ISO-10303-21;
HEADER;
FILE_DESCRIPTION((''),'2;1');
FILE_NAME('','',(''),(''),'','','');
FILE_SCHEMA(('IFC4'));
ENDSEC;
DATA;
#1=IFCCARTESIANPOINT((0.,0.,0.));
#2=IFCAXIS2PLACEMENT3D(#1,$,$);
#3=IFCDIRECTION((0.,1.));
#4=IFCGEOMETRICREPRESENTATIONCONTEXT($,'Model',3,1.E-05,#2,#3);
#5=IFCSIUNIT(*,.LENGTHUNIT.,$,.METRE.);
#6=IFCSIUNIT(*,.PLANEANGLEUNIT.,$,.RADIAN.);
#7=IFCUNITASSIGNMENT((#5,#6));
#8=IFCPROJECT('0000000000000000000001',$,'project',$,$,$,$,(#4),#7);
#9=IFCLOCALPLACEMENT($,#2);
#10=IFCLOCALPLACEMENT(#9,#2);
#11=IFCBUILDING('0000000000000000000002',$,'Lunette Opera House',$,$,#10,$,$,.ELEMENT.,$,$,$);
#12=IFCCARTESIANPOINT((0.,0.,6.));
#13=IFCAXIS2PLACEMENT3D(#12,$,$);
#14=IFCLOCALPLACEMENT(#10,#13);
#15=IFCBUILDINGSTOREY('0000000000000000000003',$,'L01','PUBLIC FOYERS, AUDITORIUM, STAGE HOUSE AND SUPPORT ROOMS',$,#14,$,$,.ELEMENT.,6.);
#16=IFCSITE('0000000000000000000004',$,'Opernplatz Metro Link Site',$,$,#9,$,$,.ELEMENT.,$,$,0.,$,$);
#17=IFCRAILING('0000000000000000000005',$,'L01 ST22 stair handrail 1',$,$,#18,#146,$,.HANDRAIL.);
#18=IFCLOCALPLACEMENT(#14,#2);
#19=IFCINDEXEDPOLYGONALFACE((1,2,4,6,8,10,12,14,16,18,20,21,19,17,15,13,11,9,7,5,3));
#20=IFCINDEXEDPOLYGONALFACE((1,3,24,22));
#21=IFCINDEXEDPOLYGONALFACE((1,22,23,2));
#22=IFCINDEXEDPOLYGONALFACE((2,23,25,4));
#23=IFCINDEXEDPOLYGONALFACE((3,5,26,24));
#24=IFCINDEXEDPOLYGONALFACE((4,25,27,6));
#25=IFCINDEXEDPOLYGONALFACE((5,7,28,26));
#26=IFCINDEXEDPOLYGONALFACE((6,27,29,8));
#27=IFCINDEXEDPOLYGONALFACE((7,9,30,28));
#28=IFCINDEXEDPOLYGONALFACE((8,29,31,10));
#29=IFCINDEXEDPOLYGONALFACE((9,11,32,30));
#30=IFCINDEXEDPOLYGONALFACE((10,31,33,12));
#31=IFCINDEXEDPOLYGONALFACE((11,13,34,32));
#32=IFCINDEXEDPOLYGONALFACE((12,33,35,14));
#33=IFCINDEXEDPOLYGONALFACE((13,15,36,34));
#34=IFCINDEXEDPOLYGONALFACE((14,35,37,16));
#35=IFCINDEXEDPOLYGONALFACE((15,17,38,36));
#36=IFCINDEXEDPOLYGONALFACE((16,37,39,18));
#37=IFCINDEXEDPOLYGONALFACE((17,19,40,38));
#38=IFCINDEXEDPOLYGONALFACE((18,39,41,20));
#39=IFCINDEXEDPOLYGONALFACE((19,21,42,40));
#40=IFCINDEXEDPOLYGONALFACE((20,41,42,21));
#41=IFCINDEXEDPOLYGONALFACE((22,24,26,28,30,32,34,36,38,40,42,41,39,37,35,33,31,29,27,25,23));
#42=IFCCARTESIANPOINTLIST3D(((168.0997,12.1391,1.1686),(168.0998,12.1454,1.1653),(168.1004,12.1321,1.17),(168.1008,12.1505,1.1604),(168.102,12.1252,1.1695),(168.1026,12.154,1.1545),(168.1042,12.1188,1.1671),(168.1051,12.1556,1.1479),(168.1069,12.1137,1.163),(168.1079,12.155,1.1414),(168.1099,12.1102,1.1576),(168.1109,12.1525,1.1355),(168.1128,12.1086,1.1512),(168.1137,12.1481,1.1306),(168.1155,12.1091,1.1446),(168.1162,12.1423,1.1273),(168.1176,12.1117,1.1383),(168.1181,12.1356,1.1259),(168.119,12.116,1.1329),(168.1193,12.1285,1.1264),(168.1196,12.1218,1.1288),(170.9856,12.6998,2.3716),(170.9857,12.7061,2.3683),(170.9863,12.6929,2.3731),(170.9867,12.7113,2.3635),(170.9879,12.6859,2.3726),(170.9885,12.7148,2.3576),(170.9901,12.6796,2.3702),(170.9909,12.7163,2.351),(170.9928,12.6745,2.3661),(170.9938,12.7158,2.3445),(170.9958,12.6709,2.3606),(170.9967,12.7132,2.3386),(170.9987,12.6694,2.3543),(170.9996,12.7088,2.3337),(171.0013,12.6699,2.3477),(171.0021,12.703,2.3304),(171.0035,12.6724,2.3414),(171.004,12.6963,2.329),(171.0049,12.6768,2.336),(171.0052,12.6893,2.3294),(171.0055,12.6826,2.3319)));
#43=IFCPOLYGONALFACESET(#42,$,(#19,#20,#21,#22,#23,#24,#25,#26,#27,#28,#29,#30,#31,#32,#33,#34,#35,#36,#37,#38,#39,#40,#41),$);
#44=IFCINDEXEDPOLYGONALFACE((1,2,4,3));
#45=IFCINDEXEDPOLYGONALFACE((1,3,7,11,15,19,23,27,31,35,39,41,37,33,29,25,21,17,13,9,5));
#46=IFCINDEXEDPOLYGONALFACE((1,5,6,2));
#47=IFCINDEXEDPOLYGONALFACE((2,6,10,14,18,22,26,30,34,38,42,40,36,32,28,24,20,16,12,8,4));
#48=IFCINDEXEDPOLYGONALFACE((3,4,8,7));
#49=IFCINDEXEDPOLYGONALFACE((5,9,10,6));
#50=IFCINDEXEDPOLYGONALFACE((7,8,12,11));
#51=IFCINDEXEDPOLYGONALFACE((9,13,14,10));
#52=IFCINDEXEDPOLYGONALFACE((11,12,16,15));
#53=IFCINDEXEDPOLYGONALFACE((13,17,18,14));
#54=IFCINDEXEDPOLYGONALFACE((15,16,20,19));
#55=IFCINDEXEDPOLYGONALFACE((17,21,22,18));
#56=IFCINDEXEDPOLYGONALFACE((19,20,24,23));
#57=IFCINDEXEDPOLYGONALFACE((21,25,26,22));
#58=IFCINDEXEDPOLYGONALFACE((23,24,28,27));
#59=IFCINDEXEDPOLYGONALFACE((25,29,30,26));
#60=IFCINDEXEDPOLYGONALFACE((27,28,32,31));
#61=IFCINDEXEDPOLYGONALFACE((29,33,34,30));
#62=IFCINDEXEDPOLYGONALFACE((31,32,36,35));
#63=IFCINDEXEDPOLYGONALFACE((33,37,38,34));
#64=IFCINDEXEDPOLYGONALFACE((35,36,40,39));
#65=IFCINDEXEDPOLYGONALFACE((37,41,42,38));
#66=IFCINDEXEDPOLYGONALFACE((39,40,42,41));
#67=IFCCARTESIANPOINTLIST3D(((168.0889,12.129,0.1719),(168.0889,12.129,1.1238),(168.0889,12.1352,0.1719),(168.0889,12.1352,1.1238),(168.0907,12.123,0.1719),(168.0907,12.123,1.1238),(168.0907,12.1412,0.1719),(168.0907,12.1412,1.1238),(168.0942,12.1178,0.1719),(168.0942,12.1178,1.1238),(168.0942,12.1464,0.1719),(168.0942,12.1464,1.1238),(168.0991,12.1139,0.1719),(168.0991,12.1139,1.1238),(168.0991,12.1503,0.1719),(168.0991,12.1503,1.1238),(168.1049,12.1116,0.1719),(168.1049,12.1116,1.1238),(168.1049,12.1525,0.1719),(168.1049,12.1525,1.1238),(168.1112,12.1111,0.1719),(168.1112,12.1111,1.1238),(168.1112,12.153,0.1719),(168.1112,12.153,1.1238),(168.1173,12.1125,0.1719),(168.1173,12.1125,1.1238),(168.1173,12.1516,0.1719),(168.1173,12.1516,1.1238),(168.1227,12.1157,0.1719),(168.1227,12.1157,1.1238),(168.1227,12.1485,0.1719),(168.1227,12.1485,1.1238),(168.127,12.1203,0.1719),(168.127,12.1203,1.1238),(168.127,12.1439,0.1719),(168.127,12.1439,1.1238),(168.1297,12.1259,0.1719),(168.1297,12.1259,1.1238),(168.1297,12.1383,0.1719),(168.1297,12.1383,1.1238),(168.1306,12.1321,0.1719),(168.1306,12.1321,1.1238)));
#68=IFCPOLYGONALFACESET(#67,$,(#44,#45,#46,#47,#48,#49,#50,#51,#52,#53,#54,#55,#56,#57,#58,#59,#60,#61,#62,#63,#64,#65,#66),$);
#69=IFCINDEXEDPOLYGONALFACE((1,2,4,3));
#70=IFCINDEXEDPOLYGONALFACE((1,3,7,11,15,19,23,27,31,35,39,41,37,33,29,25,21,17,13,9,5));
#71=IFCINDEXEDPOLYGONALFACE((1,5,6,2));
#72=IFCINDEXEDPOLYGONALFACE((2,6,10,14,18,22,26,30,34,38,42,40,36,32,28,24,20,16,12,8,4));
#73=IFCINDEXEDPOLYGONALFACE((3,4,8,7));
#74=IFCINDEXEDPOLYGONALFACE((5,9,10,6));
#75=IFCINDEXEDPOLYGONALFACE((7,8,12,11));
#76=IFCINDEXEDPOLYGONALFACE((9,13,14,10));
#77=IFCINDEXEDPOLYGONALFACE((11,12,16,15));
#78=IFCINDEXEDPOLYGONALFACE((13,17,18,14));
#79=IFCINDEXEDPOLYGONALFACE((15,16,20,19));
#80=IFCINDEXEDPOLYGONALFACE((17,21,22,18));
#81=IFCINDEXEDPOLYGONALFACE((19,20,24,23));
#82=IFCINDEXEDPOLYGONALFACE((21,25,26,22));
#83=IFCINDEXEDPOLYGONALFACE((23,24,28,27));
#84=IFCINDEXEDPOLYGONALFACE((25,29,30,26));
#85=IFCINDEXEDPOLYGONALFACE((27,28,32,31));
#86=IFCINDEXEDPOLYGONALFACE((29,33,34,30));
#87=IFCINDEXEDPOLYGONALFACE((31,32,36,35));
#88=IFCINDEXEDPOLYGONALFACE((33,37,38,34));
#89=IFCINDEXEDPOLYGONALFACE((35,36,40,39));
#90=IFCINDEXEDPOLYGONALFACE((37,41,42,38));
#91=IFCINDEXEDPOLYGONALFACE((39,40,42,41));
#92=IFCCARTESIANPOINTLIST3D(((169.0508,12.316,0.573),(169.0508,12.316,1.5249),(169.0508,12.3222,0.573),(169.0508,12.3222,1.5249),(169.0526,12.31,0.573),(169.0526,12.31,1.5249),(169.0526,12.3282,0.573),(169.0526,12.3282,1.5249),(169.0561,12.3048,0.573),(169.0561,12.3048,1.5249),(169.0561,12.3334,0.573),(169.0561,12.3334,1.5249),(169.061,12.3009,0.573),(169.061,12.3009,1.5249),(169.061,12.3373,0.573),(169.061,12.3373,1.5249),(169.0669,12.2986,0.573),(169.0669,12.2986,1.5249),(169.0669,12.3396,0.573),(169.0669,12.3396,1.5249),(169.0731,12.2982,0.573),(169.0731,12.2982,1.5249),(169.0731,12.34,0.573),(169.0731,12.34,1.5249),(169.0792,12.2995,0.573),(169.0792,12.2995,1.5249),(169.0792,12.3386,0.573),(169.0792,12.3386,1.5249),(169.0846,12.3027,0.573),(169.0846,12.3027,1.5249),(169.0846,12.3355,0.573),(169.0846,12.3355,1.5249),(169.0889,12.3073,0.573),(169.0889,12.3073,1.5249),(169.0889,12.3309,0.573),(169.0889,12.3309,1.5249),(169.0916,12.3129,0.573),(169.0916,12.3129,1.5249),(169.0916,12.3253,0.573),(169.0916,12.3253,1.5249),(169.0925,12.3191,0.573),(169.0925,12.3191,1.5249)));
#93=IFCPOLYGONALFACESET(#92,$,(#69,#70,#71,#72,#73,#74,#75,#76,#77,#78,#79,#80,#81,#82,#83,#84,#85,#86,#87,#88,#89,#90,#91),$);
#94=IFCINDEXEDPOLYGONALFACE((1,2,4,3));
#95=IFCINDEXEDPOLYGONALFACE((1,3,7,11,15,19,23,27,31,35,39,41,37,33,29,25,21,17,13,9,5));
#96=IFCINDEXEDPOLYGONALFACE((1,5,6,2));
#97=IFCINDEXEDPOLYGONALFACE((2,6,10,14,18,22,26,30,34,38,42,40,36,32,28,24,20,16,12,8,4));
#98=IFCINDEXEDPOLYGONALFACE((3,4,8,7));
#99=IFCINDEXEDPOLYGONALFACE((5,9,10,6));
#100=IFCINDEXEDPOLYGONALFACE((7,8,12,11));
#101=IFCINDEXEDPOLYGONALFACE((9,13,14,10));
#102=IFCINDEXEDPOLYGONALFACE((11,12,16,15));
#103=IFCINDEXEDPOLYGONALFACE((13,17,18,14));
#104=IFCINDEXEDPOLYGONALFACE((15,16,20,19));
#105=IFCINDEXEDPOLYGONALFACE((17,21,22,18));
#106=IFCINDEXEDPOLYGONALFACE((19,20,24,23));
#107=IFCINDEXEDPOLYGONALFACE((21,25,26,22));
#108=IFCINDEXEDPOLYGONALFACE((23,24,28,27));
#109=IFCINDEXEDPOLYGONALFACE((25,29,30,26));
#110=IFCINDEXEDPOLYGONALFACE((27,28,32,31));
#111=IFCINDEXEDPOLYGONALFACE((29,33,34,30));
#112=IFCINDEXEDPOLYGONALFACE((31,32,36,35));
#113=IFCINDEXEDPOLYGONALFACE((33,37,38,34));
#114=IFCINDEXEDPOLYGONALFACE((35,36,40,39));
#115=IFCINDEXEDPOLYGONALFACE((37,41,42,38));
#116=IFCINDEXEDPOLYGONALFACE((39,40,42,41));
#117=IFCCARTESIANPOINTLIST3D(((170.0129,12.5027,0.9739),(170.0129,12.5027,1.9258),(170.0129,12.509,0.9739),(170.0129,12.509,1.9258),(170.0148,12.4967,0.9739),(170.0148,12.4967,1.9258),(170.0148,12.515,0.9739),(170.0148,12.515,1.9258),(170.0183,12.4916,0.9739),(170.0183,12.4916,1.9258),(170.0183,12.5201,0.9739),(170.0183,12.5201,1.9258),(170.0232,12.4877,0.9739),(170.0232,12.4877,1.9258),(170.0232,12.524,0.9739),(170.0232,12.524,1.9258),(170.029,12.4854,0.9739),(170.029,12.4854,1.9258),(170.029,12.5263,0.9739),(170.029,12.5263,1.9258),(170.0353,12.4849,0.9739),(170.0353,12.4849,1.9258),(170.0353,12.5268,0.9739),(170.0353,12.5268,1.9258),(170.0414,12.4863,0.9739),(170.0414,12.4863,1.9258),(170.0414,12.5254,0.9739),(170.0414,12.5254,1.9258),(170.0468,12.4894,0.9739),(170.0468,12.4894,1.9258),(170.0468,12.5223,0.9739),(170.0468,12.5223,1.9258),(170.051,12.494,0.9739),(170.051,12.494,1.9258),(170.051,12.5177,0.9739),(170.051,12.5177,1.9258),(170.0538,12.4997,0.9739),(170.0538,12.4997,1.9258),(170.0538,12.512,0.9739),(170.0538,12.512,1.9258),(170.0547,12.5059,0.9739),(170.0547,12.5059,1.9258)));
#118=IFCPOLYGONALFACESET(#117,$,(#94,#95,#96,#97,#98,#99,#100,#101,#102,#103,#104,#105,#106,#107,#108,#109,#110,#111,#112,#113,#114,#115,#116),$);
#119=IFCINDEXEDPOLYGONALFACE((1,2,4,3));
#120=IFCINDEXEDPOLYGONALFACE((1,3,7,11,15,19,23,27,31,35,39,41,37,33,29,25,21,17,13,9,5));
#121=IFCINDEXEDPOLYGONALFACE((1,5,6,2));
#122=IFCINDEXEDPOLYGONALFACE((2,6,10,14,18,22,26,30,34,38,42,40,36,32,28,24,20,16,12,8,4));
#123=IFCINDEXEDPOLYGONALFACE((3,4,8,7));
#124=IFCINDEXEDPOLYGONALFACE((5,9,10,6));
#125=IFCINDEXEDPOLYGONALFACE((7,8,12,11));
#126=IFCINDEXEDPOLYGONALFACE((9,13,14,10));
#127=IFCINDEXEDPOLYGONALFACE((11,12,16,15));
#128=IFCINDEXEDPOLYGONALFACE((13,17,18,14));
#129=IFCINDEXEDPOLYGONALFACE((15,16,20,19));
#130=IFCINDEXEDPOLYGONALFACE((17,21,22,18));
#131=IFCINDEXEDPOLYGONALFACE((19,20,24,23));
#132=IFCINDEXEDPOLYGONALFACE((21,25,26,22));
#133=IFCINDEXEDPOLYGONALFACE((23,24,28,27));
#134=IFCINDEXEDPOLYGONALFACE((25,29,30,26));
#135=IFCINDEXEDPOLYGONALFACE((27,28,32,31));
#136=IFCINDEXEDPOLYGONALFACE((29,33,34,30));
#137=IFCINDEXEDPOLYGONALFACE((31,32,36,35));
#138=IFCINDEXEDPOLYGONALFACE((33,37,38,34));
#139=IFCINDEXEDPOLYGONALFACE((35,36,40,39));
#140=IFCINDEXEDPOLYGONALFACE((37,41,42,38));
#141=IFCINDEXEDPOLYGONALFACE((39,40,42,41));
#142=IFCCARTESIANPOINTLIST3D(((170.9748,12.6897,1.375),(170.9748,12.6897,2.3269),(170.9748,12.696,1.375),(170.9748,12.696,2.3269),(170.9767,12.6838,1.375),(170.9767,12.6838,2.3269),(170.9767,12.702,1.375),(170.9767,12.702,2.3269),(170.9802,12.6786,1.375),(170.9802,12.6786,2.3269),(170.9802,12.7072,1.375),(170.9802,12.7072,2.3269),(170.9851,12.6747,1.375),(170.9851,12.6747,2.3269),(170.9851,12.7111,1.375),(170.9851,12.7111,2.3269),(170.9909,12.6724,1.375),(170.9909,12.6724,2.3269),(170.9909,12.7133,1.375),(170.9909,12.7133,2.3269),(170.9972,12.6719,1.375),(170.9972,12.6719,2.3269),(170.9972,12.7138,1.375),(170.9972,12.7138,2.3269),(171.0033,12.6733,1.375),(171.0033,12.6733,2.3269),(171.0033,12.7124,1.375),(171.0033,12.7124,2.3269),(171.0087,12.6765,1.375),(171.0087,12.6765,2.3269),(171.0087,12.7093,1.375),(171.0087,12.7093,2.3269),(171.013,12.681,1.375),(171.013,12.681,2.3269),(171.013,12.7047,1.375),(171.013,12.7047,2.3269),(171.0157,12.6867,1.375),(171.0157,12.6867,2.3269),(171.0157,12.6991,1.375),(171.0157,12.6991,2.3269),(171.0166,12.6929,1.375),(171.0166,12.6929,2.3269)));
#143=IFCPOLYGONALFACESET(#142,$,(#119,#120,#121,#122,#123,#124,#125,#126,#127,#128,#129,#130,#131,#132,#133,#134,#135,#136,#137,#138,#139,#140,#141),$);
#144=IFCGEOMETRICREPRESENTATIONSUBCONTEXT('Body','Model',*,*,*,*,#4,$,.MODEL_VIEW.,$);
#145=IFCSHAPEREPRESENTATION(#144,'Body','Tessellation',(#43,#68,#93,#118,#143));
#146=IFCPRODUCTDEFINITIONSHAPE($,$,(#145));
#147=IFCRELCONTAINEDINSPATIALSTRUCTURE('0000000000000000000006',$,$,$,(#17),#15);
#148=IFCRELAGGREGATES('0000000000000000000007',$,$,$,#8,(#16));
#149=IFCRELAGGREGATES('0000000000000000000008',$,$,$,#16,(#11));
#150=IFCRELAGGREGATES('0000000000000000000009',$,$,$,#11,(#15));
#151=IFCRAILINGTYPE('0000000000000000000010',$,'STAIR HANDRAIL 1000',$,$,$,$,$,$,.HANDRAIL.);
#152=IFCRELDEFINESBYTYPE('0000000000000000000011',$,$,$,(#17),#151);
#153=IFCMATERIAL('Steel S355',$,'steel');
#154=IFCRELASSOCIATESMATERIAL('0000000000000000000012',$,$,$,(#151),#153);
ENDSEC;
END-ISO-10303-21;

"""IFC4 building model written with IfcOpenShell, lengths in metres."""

from ifc_helpers import new_model, si_unit, direction, frame, origin, origin_2d, place, context, subcontext, project, spatial, circle, extrude, material, type_object, element, save


model = new_model("IFC4")

# Units and contexts
model_context = context("Model", 3, precision=1e-05, world=origin(), true_north=direction((0.0, 1.0)))
body_context = subcontext(model_context, "Body", "Model", "MODEL_VIEW")
ifc_project = project(units=[si_unit("LENGTHUNIT", "METRE"), si_unit("PLANEANGLEUNIT", "RADIAN")], contexts=[model_context])

# Site, building, storey
site_placement = place(None, origin())
site = spatial("IfcSite", under=ifc_project, at=site_placement, Name="Opernplatz Metro Link Site", CompositionType="ELEMENT", RefElevation=0.0)
building_placement = place(site_placement, origin())
building = spatial("IfcBuilding", under=site, at=building_placement, Name="Lunette Opera House", CompositionType="ELEMENT")
storey_placement = place(building_placement, frame((0.0, 0.0, 6.0)))
storey = spatial("IfcBuildingStorey", under=building, at=storey_placement, Name="L01", Description="PUBLIC FOYERS, AUDITORIUM, STAGE HOUSE AND SUPPORT ROOMS", CompositionType="ELEMENT", Elevation=6.0)

# Railing
ifc_material_1 = material(Name="Steel S355", Category="steel")
railing_type_1 = type_object("IfcRailingType", Name="STAIR HANDRAIL 1000", PredefinedType="HANDRAIL", material=ifc_material_1)
for number, where, name in (
    (1, (168.1096, 12.1321, 0.1719), "L01 ST22 stair handrail 1"),
):
    element("IfcRailing", number, at=place(storey_placement, frame(where)), inside=storey, type_object=railing_type_1, Name=name, PredefinedType="HANDRAIL", context=body_context, shape_type="SweptSolid", body=[
        extrude(circle(Radius=0.0239, at=origin_2d()), frame((0.0, 0.0, 0.9761), z_axis=(0.908509, 0.176537, 0.378744), x_axis=(-0.190747, 0.981639, 0.0)), (0.0, 0.0, 1.0), 3.1765),
        extrude(circle(Radius=0.021, at=origin_2d()), origin(), (0.0, 0.0, 1.0), 0.9519),
        extrude(circle(Radius=0.021, at=origin_2d()), frame((0.9619, 0.187, 0.4011)), (0.0, 0.0, 1.0), 0.9519),
        extrude(circle(Radius=0.021, at=origin_2d()), frame((1.9241, 0.3738, 0.802)), (0.0, 0.0, 1.0), 0.9519),
        extrude(circle(Radius=0.021, at=origin_2d()), frame((2.886, 0.5608, 1.2031)), (0.0, 0.0, 1.0), 0.9519),
    ])

save(model, "model.ifc")
